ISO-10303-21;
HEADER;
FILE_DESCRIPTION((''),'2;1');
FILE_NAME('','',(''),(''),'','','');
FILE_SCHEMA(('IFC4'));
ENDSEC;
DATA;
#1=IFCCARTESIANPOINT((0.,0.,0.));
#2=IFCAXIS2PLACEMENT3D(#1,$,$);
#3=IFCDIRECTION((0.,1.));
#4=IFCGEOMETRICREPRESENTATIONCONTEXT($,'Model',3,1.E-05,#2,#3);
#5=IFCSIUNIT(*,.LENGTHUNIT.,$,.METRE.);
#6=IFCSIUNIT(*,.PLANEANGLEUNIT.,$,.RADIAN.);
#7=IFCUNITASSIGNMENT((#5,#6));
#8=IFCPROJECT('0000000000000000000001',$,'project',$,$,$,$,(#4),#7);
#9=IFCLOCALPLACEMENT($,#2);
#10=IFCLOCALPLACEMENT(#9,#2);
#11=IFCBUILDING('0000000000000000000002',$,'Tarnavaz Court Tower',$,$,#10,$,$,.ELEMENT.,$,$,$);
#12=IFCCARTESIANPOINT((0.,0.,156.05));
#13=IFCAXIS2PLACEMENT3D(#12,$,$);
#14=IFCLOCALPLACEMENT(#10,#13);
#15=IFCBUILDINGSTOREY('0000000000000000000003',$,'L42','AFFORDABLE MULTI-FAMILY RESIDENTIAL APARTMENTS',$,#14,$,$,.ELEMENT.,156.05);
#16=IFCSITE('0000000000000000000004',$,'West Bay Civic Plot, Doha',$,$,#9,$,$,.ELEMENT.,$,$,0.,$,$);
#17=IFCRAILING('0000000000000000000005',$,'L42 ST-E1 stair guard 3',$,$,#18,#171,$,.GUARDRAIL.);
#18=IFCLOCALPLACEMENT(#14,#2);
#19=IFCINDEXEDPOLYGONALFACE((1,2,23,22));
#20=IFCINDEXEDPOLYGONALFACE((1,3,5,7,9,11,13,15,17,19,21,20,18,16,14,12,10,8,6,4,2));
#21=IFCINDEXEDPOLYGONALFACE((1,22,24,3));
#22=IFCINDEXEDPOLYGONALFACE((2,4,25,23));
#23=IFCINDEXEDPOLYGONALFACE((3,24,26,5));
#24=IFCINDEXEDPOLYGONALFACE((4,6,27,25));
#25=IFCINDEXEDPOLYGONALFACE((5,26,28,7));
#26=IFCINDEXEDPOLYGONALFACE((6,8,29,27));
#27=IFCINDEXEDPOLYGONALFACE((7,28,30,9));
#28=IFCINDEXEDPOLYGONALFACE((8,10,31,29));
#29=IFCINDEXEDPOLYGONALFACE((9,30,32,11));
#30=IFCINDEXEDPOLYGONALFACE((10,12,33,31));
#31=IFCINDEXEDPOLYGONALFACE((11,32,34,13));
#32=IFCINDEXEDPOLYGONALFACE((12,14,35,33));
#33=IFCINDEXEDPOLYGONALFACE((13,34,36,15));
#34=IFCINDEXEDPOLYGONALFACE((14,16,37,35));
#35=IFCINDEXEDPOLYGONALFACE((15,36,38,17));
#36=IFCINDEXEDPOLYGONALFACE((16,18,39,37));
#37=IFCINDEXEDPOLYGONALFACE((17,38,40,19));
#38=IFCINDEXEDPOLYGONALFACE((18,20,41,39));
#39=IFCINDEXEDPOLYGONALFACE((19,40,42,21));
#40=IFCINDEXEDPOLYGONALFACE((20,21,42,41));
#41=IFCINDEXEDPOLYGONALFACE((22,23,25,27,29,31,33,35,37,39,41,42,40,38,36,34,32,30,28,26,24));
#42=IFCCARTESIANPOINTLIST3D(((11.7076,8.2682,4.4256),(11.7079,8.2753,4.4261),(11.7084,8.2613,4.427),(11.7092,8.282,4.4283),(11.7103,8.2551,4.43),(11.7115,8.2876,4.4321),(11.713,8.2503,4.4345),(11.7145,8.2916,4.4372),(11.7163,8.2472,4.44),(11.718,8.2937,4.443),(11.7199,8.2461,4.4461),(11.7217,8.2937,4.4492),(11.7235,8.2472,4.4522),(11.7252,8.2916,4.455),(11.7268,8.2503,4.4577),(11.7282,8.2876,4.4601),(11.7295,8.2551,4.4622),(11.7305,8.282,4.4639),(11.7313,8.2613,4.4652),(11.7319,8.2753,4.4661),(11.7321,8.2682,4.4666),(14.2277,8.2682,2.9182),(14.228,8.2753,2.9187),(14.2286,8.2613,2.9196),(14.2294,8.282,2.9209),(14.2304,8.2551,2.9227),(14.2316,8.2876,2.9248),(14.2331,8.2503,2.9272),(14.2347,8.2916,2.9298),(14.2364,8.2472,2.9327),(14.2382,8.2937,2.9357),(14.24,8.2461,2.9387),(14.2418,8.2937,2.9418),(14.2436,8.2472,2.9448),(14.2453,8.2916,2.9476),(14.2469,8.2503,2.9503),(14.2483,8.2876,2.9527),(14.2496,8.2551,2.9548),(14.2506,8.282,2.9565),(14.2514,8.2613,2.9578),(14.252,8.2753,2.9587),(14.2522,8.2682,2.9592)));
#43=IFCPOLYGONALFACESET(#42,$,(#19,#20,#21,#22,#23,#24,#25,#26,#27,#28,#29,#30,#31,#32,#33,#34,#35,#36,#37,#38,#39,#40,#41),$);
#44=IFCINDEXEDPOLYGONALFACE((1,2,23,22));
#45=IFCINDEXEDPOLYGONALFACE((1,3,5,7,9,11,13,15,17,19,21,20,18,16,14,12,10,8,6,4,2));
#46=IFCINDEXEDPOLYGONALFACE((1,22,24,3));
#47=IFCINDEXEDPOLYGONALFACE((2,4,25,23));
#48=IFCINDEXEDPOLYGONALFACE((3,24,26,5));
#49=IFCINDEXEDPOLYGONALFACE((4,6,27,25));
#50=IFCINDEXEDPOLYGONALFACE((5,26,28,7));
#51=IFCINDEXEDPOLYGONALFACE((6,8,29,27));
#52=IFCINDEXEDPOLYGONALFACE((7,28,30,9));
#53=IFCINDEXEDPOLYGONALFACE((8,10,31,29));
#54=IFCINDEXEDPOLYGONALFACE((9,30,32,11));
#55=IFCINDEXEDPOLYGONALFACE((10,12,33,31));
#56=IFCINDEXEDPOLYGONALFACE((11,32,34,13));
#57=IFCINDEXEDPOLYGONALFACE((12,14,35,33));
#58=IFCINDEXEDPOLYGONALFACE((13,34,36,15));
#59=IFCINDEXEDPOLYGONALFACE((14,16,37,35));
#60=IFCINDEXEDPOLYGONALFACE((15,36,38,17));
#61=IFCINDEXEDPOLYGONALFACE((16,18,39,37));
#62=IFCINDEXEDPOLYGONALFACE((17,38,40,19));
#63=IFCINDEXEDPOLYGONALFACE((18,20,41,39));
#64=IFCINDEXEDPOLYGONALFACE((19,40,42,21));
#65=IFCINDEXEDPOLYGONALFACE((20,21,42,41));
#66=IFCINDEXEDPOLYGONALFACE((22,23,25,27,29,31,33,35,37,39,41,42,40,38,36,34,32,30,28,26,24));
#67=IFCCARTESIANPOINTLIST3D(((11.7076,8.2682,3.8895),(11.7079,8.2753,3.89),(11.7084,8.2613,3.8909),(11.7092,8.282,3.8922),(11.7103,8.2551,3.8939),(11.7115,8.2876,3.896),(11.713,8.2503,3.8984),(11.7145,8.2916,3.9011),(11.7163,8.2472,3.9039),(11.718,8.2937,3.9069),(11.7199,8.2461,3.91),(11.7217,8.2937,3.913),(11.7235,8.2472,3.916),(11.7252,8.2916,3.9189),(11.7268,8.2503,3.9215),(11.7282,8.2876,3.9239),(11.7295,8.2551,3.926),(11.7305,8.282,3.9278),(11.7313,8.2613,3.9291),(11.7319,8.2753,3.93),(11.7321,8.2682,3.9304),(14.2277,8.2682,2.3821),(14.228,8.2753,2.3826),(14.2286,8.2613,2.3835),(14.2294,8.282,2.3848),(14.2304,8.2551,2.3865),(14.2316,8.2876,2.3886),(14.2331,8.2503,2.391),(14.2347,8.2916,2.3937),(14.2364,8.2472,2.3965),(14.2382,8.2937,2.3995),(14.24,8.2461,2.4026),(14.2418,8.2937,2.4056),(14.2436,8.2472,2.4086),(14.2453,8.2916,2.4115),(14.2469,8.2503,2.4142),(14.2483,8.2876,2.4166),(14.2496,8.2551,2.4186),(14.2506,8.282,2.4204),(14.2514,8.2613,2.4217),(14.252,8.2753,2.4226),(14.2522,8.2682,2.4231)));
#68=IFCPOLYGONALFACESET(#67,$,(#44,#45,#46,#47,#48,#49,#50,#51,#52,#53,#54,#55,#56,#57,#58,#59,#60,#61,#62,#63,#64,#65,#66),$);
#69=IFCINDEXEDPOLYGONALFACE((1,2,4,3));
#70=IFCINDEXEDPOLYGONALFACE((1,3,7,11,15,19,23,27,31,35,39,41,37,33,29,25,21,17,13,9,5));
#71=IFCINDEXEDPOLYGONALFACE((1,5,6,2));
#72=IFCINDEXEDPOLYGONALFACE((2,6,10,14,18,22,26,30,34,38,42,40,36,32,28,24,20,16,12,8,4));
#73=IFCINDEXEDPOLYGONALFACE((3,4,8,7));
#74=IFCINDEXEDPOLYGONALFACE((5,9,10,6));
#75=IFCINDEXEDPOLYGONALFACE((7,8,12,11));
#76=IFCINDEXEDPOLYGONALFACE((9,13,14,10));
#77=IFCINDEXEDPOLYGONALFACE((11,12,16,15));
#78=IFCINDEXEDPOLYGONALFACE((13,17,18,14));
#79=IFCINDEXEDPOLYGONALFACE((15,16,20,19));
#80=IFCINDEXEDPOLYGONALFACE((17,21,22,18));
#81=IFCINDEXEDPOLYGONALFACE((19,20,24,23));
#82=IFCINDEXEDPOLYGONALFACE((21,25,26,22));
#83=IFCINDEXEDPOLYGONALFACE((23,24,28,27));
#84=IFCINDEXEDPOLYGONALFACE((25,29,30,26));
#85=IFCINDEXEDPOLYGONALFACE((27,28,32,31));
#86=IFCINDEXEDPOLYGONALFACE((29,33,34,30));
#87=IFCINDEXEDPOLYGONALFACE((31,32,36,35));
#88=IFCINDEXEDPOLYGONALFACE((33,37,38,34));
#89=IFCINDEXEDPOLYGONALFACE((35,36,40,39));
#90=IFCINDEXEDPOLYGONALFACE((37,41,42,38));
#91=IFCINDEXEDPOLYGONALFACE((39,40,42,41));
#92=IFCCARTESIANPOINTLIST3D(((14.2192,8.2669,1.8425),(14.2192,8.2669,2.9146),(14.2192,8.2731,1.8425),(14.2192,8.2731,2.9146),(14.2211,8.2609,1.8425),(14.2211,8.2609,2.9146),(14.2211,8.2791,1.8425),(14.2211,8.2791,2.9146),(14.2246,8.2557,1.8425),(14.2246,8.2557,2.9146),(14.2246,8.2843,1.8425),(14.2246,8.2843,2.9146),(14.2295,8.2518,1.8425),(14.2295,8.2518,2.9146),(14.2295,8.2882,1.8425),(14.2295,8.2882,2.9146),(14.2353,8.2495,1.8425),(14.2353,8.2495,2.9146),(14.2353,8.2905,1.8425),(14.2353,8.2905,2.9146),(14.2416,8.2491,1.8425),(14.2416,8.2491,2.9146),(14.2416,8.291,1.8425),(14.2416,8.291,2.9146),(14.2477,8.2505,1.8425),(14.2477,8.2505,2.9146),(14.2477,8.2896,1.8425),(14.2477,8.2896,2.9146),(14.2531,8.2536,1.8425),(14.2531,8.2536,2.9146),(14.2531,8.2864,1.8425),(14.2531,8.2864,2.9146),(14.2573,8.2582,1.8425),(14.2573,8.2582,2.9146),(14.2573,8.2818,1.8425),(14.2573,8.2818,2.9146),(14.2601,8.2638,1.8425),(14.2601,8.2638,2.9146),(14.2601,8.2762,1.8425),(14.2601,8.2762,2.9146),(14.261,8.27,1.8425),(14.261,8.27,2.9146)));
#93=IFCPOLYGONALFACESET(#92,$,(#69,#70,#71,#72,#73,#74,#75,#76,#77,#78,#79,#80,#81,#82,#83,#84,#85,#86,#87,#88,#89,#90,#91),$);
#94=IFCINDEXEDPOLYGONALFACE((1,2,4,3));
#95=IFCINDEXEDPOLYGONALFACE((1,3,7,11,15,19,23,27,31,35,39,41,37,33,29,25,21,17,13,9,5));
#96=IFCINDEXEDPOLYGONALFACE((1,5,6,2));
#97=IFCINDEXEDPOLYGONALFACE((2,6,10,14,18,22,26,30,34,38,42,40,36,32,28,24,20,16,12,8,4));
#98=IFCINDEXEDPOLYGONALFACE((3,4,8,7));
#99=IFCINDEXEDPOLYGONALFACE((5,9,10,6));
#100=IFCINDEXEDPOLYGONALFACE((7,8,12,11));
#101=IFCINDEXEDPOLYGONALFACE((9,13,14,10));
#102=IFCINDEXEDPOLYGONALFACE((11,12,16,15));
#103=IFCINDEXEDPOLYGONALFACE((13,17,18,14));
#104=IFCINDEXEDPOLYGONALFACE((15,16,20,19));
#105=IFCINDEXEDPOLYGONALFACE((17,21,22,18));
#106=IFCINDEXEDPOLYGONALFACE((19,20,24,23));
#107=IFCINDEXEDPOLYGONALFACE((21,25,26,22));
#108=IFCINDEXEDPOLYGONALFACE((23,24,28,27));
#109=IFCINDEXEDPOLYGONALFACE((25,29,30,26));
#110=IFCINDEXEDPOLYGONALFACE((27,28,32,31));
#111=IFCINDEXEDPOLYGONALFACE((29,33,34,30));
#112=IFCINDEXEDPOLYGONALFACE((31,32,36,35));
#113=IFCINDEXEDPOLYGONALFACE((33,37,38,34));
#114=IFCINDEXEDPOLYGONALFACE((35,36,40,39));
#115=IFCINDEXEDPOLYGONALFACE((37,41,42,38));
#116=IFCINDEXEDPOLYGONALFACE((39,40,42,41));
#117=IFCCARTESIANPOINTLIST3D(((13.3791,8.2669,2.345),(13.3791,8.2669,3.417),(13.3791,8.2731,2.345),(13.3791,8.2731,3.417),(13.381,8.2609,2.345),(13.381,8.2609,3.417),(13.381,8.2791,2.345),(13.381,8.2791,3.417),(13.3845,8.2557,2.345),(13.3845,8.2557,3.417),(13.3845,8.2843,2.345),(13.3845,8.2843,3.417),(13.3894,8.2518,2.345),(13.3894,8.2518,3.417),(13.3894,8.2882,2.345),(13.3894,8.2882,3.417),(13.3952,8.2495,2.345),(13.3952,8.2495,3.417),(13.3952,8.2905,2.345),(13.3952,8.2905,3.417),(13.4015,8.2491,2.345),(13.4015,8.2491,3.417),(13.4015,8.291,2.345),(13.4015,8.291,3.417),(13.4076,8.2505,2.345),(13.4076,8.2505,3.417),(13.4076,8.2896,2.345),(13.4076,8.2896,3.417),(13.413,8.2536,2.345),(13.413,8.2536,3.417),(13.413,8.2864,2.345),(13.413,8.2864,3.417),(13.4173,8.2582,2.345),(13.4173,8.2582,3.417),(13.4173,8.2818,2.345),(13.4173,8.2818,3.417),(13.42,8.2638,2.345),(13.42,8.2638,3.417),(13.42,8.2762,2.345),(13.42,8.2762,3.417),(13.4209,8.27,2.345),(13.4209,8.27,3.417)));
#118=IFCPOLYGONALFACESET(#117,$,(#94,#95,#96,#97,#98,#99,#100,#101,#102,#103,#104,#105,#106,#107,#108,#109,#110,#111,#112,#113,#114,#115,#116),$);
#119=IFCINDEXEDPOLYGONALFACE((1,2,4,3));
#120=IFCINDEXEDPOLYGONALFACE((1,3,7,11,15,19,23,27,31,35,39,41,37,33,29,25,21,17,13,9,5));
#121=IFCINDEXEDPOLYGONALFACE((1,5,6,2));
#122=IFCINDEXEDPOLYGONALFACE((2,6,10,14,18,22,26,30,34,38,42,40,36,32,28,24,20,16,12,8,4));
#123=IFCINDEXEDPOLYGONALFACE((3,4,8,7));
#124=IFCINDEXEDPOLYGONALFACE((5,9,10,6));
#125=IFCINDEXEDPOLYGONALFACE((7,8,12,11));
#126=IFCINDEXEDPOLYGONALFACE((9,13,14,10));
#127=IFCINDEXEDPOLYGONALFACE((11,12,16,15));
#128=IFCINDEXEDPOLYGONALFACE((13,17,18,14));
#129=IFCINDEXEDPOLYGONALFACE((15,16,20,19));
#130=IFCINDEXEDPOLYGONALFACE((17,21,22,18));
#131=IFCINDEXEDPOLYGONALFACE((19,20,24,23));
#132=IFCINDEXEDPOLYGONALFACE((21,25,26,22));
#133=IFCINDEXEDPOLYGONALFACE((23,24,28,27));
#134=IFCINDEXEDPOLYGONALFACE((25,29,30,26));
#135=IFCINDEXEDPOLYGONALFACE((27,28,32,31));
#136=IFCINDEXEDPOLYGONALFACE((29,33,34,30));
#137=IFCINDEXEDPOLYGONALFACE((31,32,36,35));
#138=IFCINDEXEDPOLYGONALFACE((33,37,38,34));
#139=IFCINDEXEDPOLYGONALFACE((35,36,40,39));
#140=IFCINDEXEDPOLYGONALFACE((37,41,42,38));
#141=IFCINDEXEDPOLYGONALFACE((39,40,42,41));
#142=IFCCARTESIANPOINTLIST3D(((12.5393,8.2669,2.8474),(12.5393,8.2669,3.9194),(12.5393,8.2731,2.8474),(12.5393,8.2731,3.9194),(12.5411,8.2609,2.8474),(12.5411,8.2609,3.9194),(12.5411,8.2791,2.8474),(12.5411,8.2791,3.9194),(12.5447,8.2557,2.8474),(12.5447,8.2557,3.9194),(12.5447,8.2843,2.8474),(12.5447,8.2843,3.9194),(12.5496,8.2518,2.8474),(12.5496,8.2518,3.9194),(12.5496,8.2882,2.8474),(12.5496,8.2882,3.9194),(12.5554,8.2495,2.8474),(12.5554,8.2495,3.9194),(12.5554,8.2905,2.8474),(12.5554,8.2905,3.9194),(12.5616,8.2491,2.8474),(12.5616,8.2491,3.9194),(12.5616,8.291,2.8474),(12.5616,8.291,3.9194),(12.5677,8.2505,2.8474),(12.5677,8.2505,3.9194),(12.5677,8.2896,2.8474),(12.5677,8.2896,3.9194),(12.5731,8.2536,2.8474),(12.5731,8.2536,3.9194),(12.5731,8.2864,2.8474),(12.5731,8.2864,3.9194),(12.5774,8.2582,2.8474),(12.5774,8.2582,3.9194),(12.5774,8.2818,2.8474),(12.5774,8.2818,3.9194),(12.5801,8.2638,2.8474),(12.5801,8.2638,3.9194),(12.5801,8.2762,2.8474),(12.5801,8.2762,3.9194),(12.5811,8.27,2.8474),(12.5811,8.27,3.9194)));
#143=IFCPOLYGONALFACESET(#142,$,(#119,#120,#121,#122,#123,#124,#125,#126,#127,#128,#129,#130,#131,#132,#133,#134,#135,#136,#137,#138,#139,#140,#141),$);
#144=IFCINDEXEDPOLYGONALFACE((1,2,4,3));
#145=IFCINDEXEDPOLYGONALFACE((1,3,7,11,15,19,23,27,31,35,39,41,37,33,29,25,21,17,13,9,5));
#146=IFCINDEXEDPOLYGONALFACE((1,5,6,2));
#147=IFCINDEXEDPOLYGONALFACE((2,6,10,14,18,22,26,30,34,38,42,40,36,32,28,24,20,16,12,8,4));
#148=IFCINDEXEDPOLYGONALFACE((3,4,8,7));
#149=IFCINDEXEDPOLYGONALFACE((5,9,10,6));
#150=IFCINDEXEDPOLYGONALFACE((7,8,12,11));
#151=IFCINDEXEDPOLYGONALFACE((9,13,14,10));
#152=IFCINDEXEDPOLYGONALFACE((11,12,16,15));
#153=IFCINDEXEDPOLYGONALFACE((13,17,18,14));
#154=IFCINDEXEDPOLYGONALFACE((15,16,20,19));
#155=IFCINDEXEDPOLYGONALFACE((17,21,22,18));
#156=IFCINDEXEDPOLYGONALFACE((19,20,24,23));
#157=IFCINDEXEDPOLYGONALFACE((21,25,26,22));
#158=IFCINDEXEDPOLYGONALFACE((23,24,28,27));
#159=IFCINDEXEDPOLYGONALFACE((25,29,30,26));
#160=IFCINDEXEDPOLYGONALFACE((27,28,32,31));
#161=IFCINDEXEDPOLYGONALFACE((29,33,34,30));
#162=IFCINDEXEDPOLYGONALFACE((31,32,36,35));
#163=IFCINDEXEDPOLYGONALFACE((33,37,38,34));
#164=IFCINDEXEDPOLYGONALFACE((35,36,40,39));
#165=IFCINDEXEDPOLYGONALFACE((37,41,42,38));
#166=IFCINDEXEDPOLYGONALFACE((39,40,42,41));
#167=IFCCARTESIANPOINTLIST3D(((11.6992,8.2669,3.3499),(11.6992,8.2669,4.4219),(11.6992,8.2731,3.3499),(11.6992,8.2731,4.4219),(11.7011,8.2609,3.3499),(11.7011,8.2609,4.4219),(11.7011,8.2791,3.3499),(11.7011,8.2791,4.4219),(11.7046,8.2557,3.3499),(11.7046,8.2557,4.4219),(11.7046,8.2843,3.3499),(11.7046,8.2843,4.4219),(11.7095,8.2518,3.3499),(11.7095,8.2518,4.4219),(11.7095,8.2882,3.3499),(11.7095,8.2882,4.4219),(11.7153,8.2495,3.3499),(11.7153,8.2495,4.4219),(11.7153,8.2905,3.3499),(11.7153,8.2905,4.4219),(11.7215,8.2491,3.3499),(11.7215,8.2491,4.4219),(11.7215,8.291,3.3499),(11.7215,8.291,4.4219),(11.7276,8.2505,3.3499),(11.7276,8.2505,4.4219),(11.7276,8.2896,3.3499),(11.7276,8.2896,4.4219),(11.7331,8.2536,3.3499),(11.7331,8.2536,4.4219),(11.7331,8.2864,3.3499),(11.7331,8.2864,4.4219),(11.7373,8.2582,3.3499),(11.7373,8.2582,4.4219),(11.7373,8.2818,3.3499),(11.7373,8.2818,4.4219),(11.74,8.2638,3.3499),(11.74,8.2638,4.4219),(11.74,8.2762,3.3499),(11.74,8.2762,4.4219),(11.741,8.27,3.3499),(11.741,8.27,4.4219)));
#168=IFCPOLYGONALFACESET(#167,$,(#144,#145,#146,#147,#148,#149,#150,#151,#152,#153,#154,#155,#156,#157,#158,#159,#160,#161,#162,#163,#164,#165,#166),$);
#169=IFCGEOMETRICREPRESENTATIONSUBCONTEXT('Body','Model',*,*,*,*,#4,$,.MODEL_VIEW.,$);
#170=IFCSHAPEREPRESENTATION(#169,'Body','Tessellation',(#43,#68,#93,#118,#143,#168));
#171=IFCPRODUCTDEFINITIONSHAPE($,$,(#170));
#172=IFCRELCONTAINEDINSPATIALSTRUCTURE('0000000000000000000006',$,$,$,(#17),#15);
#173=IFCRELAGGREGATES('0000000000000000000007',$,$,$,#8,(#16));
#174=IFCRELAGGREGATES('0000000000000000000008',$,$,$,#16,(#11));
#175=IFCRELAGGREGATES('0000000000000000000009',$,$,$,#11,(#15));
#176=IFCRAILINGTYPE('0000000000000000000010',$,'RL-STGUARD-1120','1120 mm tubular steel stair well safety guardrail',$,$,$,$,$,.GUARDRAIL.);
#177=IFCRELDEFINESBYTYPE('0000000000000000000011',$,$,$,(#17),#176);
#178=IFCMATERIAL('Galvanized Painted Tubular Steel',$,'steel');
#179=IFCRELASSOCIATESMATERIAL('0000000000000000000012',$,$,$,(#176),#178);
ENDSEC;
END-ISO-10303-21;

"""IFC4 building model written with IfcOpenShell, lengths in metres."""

from ifc_helpers import new_model, si_unit, direction, frame, origin, origin_2d, place, context, subcontext, project, spatial, circle, extrude, material, type_object, element, save


model = new_model("IFC4")

# Units and contexts
model_context = context("Model", 3, precision=1e-05, world=origin(), true_north=direction((0.0, 1.0)))
body_context = subcontext(model_context, "Body", "Model", "MODEL_VIEW")
ifc_project = project(units=[si_unit("LENGTHUNIT", "METRE"), si_unit("PLANEANGLEUNIT", "RADIAN")], contexts=[model_context])

# Site, building, storey
site_placement = place(None, origin())
site = spatial("IfcSite", under=ifc_project, at=site_placement, Name="West Bay Civic Plot, Doha", CompositionType="ELEMENT", RefElevation=0.0)
building_placement = place(site_placement, origin())
building = spatial("IfcBuilding", under=site, at=building_placement, Name="Tarnavaz Court Tower", CompositionType="ELEMENT")
storey_placement = place(building_placement, frame((0.0, 0.0, 156.05)))
storey = spatial("IfcBuildingStorey", under=building, at=storey_placement, Name="L42", Description="AFFORDABLE MULTI-FAMILY RESIDENTIAL APARTMENTS", CompositionType="ELEMENT", Elevation=156.05)

# Railing
ifc_material_1 = material(Name="Galvanized Painted Tubular Steel", Category="steel")
railing_type_1 = type_object("IfcRailingType", Name="RL-STGUARD-1120", Description="1120 mm tubular steel stair well safety guardrail", PredefinedType="GUARDRAIL", material=ifc_material_1)
railing_1_placement = place(storey_placement, frame((14.24, 8.27, 1.8425)))
element("IfcRailing", 1, at=railing_1_placement, inside=storey, type_object=railing_type_1, Name="L42 ST-E1 stair guard 3", PredefinedType="GUARDRAIL", context=body_context, shape_type="SweptSolid", body=[
    extrude(circle(Radius=0.0239, at=origin_2d()), frame((0.0, 0.0, 1.0962), z_axis=(-0.858196, 0.0, 0.513321), x_axis=(0.0, -1.0, 0.0)), (0.0, 0.0, 1.0), 2.9365),
    extrude(circle(Radius=0.0239, at=origin_2d()), frame((0.0, 0.0, 0.5601), z_axis=(-0.858196, 0.0, 0.513321), x_axis=(0.0, -1.0, 0.0)), (0.0, 0.0, 1.0), 2.9365),
    extrude(circle(Radius=0.021, at=origin_2d()), origin(), (0.0, 0.0, 1.0), 1.072),
    extrude(circle(Radius=0.021, at=origin_2d()), frame((-0.8401, 0.0, 0.5024)), (0.0, 0.0, 1.0), 1.072),
    extrude(circle(Radius=0.021, at=origin_2d()), frame((-1.6799, 0.0, 1.0049)), (0.0, 0.0, 1.0), 1.072),
    extrude(circle(Radius=0.021, at=origin_2d()), frame((-2.52, 0.0, 1.5073)), (0.0, 0.0, 1.0), 1.072),
])

save(model, "model.ifc")
